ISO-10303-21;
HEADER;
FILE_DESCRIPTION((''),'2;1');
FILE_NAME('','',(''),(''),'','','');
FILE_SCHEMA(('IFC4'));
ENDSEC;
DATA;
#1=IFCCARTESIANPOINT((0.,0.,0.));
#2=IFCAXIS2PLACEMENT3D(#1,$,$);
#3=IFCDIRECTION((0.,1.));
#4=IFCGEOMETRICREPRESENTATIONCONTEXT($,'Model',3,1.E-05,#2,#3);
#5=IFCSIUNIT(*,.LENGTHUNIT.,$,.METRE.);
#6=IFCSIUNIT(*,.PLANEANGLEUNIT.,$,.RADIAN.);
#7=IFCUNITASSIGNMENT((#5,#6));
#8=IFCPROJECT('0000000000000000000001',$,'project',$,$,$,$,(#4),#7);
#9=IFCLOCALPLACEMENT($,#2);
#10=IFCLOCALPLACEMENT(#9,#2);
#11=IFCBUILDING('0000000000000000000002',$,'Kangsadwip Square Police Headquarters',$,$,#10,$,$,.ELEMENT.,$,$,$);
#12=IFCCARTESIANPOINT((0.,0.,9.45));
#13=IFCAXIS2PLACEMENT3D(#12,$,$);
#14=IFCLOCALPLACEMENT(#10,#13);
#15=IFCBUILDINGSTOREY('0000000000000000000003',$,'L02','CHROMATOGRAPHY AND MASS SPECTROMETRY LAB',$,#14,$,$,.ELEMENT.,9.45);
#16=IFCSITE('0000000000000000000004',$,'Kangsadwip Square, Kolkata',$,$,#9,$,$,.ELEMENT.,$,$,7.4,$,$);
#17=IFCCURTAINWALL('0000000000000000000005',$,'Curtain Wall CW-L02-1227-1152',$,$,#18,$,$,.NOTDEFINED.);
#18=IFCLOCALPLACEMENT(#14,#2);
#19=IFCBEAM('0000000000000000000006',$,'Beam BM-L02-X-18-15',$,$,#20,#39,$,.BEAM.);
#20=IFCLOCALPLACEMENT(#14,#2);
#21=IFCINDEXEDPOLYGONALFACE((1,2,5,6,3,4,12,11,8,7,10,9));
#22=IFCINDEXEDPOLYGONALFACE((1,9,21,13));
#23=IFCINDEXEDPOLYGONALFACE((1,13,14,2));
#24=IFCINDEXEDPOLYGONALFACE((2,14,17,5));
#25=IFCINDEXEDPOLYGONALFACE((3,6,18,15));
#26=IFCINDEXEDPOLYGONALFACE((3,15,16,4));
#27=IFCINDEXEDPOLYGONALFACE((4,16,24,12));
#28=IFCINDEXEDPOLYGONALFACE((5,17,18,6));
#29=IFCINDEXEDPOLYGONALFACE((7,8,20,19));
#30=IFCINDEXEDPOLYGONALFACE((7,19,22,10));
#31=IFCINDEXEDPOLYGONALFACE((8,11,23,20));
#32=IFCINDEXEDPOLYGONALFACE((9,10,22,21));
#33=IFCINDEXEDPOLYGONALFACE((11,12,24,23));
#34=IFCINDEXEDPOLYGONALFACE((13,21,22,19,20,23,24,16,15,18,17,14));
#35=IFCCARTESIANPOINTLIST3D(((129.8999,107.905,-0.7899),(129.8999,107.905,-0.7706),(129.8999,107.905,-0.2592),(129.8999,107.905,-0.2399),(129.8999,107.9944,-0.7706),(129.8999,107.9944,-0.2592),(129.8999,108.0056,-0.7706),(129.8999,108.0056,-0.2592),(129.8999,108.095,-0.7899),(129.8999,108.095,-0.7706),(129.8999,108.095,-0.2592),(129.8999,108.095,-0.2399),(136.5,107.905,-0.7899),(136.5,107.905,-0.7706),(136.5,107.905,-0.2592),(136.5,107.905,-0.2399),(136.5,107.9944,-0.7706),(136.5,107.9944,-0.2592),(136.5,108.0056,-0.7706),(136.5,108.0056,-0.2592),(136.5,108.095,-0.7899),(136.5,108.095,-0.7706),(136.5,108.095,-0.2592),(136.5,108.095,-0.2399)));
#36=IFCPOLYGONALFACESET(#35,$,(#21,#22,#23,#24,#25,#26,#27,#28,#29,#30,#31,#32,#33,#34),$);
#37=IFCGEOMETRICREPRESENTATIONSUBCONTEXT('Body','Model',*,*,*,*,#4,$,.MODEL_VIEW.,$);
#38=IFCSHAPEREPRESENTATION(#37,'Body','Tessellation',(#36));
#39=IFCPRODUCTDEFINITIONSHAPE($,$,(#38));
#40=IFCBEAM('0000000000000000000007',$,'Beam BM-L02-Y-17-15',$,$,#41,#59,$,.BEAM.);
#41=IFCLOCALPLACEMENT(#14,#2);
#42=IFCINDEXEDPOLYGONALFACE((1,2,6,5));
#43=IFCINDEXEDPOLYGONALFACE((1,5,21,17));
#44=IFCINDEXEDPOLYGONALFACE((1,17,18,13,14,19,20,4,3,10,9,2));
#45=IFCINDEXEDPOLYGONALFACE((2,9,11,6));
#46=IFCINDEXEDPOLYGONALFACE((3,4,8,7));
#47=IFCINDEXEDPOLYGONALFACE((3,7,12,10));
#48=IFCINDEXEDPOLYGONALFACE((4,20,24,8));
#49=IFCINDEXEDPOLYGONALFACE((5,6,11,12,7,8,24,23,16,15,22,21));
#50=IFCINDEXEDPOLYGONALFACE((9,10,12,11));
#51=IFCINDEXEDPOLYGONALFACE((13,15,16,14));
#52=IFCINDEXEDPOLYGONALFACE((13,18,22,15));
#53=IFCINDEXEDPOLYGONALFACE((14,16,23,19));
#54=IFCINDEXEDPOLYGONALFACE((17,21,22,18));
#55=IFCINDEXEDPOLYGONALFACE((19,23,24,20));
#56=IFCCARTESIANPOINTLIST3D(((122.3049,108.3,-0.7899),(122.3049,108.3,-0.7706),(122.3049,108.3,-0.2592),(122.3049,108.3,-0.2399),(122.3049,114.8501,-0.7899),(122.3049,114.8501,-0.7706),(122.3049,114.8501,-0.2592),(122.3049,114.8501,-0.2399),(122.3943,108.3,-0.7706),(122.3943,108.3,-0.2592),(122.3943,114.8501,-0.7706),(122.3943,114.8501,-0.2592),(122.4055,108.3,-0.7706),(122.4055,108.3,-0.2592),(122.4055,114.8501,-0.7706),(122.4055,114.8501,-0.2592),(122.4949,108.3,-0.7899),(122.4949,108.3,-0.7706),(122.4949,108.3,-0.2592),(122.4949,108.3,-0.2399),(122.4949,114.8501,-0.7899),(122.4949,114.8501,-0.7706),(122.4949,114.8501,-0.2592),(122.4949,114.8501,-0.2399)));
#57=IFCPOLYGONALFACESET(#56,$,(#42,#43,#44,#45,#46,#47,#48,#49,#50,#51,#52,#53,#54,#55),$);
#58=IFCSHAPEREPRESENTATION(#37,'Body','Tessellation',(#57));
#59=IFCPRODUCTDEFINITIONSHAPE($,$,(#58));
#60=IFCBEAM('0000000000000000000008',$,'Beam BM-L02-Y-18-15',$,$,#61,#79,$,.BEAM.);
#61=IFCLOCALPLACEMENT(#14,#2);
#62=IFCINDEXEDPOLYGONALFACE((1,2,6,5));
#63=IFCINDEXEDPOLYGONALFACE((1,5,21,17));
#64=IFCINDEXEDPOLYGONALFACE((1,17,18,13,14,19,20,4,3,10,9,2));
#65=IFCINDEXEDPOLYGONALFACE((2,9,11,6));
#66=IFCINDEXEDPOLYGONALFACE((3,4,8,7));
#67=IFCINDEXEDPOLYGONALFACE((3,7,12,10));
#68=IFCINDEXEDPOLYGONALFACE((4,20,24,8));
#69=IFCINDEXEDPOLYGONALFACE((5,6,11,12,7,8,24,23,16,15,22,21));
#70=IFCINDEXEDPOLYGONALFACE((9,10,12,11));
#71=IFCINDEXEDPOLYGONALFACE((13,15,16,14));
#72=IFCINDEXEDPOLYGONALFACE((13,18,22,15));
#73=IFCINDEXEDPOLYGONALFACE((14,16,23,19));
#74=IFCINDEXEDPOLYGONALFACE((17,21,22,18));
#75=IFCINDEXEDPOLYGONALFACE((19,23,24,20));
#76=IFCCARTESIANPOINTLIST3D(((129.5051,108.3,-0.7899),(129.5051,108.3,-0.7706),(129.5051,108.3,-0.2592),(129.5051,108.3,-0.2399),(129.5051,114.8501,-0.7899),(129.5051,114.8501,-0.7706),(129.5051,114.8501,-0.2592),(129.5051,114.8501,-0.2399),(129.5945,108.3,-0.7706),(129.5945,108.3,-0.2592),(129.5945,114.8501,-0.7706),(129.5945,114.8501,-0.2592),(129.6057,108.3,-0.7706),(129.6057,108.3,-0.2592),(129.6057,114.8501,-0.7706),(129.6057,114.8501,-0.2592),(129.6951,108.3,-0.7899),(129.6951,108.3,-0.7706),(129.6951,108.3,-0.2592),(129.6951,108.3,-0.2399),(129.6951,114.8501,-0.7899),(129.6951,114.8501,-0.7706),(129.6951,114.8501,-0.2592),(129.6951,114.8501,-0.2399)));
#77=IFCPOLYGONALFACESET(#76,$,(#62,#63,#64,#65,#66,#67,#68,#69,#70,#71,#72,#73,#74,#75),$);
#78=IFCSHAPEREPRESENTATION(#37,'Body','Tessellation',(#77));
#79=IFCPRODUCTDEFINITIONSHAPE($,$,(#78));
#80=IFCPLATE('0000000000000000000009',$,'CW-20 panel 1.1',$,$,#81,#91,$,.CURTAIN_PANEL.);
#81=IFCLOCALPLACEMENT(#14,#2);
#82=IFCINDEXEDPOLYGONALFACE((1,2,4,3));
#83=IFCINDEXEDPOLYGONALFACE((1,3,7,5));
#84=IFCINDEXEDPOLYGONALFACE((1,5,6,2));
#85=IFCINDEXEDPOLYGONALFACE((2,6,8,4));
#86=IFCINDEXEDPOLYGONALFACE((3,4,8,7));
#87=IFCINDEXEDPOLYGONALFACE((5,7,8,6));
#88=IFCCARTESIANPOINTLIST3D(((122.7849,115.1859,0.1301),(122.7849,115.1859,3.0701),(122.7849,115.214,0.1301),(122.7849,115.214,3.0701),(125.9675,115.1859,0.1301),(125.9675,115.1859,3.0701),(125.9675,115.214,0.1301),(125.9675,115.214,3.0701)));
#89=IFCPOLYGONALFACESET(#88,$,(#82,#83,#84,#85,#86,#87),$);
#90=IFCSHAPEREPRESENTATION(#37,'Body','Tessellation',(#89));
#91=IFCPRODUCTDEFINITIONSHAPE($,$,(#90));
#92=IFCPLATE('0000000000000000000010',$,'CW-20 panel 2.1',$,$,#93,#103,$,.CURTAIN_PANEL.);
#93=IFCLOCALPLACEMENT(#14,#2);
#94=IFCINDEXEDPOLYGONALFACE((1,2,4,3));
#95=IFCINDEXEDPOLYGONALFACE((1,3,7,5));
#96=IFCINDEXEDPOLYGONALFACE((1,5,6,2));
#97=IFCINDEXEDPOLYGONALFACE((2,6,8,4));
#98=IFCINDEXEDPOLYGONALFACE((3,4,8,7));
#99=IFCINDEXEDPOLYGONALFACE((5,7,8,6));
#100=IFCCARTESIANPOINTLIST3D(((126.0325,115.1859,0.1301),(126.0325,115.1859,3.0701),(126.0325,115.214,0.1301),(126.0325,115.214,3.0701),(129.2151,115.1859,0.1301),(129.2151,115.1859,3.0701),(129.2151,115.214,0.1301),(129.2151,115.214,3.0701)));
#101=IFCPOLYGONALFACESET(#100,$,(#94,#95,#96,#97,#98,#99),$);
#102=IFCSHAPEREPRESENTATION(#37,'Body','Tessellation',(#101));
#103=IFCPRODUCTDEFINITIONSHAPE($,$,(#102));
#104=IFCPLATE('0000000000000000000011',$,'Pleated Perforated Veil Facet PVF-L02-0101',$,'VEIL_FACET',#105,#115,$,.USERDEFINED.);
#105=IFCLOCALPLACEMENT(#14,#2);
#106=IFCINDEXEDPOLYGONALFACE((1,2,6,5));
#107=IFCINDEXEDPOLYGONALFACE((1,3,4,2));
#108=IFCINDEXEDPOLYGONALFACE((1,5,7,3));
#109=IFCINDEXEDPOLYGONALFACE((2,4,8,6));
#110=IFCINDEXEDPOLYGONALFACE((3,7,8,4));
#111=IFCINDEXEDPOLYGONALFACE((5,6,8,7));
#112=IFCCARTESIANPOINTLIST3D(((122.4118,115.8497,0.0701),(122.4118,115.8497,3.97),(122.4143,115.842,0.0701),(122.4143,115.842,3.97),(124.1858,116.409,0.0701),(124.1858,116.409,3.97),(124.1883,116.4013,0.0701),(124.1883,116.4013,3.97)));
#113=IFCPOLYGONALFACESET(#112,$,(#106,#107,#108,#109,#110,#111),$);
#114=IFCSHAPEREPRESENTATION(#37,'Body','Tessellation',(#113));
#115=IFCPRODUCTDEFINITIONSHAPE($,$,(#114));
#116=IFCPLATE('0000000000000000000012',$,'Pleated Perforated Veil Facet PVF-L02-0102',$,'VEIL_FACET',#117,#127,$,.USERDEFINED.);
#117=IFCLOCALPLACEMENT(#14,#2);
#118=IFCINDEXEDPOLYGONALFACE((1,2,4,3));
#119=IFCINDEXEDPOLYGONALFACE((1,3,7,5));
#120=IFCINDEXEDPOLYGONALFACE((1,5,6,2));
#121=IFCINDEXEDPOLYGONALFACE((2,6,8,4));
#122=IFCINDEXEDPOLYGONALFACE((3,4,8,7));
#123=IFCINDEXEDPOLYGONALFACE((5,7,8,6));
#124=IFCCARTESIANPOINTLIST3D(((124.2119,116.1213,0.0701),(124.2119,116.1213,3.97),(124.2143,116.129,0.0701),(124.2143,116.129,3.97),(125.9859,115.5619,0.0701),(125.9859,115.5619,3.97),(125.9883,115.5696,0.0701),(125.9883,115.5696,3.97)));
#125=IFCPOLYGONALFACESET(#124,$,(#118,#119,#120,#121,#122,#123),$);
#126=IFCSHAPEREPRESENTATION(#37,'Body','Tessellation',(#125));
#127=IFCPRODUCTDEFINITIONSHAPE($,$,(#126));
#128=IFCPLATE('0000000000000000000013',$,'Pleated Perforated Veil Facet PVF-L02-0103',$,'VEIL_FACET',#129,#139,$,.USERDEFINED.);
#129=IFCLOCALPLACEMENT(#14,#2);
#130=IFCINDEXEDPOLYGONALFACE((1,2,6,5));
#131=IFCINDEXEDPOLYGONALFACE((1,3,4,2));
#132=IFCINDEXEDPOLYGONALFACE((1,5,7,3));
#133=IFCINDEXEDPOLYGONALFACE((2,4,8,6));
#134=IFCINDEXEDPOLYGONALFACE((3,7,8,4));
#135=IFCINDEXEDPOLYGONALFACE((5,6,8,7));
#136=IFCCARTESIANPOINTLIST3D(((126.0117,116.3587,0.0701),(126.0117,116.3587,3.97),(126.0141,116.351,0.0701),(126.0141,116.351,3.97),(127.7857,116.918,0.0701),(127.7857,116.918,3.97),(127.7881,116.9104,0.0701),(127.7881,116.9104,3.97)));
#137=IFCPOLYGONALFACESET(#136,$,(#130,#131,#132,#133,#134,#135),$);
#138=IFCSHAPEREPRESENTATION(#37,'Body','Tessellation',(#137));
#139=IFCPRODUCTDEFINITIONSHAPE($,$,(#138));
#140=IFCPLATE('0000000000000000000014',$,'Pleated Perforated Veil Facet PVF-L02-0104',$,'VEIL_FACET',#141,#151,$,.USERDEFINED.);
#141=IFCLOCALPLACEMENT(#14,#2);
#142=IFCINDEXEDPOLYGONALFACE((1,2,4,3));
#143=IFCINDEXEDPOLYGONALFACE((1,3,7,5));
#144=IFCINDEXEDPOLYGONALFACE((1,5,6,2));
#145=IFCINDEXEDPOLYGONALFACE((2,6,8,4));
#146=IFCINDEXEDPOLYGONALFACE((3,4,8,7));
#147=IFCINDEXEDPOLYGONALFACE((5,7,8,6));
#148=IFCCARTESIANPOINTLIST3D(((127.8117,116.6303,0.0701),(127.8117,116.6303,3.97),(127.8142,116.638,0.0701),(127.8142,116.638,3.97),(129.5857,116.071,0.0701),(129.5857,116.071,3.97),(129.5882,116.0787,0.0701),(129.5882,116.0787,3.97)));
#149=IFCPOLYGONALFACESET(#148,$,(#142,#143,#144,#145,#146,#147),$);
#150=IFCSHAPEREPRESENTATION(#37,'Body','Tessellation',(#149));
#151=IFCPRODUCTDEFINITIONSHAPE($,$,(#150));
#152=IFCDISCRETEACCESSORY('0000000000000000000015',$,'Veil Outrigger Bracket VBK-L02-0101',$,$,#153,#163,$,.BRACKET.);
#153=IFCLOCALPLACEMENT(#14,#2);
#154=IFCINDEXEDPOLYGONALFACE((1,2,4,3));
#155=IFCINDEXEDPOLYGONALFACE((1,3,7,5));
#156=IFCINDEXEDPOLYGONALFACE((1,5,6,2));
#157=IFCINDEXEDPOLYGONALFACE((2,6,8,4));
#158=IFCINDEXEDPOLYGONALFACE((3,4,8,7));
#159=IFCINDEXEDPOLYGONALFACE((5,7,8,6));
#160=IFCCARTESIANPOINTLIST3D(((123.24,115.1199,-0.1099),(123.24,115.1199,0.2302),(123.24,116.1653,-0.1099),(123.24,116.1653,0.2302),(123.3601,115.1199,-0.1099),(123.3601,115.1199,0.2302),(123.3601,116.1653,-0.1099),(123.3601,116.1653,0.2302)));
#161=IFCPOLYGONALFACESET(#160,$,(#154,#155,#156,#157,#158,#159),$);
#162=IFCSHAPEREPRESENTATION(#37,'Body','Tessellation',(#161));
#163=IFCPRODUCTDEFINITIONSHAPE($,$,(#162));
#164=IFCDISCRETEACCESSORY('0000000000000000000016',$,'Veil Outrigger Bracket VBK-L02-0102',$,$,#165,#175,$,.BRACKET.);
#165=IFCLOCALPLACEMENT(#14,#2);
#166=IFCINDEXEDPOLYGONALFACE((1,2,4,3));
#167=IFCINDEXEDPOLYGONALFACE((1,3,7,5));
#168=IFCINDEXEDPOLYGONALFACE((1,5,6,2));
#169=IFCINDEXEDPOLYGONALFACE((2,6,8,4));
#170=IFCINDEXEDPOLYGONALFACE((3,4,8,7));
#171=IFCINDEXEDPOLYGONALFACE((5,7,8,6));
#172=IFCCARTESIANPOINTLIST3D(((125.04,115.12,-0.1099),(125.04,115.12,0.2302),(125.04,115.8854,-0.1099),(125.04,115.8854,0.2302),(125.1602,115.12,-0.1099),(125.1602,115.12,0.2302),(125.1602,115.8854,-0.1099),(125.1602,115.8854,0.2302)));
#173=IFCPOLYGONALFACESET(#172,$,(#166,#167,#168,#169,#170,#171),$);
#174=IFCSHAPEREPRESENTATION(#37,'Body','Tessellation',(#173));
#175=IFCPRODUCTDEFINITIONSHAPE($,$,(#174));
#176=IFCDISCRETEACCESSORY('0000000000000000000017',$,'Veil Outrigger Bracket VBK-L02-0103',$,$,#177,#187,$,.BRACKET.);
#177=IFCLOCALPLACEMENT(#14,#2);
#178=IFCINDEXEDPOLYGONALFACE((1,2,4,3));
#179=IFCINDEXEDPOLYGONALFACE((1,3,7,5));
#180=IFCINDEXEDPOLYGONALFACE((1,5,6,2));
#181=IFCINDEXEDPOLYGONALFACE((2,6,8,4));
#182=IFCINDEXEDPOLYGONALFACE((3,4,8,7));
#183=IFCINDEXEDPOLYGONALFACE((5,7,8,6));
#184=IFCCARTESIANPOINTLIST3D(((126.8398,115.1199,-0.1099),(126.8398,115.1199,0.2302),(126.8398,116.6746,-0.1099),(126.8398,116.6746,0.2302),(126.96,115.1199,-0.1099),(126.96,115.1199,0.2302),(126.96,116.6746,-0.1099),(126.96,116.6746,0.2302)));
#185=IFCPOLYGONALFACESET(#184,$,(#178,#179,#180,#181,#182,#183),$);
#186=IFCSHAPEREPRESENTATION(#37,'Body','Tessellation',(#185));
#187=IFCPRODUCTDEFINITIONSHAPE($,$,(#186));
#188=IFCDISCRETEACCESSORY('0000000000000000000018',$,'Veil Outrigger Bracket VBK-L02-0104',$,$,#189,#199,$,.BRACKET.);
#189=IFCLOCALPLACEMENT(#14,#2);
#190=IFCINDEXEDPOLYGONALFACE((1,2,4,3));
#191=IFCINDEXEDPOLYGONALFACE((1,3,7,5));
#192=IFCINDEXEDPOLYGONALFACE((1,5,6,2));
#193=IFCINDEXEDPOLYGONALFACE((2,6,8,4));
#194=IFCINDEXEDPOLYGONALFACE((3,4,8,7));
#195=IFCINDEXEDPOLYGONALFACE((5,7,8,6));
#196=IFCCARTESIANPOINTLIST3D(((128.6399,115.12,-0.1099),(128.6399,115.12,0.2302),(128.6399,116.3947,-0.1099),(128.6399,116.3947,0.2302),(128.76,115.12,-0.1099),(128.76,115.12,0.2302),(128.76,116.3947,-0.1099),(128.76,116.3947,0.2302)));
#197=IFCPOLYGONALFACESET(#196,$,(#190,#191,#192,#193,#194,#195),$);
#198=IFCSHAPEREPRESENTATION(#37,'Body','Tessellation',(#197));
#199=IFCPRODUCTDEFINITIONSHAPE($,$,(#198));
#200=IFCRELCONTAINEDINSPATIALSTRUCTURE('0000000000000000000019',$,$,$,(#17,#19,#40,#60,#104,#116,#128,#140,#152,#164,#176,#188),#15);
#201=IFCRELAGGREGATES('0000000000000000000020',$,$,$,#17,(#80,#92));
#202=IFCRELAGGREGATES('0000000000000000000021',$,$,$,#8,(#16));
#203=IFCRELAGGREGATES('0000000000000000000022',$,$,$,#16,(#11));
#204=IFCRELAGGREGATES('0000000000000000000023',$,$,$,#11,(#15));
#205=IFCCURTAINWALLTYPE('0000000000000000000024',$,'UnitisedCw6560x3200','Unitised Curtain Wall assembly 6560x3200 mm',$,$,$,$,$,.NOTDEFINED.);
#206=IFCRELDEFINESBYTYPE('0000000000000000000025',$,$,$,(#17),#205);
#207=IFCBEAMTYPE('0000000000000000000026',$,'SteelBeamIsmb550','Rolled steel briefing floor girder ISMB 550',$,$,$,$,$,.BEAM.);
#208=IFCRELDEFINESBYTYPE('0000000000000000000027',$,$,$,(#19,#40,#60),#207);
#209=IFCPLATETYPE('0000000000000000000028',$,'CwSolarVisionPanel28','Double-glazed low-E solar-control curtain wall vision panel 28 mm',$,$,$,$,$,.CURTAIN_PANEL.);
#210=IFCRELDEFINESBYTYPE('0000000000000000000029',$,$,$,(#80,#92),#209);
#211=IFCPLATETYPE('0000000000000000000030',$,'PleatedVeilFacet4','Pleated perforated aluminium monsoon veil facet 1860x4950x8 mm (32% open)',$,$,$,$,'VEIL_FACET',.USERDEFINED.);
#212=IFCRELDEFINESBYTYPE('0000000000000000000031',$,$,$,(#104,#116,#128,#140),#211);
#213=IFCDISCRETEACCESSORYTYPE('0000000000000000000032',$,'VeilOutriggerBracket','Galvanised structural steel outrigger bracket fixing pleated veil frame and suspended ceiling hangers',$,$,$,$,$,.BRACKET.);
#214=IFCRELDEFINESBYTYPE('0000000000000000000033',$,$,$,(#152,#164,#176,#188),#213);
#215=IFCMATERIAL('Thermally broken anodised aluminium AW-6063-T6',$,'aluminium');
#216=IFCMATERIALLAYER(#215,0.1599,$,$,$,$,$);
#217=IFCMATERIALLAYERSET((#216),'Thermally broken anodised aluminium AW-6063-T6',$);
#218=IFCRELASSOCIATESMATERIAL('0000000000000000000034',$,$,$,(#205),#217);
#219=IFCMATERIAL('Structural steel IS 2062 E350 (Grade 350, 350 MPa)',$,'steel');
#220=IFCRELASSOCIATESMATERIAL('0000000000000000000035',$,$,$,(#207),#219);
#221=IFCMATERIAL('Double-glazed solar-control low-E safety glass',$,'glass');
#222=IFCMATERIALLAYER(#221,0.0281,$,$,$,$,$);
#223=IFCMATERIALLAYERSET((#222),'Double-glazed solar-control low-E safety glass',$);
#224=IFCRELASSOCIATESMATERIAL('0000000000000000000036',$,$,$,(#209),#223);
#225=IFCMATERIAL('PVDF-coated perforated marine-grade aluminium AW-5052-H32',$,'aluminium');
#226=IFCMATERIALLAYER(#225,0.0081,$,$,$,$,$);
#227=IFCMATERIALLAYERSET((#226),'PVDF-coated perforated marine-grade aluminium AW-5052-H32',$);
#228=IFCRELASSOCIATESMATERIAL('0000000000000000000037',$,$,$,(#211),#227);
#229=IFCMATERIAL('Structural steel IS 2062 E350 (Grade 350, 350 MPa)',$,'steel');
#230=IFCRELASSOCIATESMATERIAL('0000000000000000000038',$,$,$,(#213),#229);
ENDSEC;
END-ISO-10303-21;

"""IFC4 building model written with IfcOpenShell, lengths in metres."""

from ifc_helpers import new_model, si_unit, direction, frame, origin, origin_2d, place, context, subcontext, project, spatial, rectangle, i_section, extrude, material, layer, layer_set, material_profile, profile_set, type_object, element, aggregate, save


model = new_model("IFC4")

# Units and contexts
model_context = context("Model", 3, precision=1e-05, world=origin(), true_north=direction((0.0, 1.0)))
body_context = subcontext(model_context, "Body", "Model", "MODEL_VIEW")
ifc_project = project(units=[si_unit("LENGTHUNIT", "METRE"), si_unit("PLANEANGLEUNIT", "RADIAN")], contexts=[model_context])

# Site, building, storey
site_placement = place(None, origin())
site = spatial("IfcSite", under=ifc_project, at=site_placement, Name="Kangsadwip Square, Kolkata", CompositionType="ELEMENT", RefElevation=7.4)
building_placement = place(site_placement, origin())
building = spatial("IfcBuilding", under=site, at=building_placement, Name="Kangsadwip Square Police Headquarters", CompositionType="ELEMENT")
storey_placement = place(building_placement, frame((0.0, 0.0, 9.45)))
storey = spatial("IfcBuildingStorey", under=building, at=storey_placement, Name="L02", Description="CHROMATOGRAPHY AND MASS SPECTROMETRY LAB", CompositionType="ELEMENT", Elevation=9.45)

# Curtain wall
ifc_material_1 = material(Name="Thermally broken anodised aluminium AW-6063-T6", Category="aluminium")
ifc_layer_1 = layer(ifc_material_1, 0.1599)
ifc_layer_set_1 = layer_set([ifc_layer_1], Name="Thermally broken anodised aluminium AW-6063-T6")
curtain_wall_type = type_object("IfcCurtainWallType", Name="UnitisedCw6560x3200", Description="Unitised Curtain Wall assembly 6560x3200 mm", PredefinedType="NOTDEFINED", material=ifc_layer_set_1)
curtain_wall_1_placement = place(storey_placement, origin())
curtain_wall_1 = element("IfcCurtainWall", 1, at=curtain_wall_1_placement, inside=storey, type_object=curtain_wall_type, Name="Curtain Wall CW-L02-1227-1152", PredefinedType="NOTDEFINED")

# Beams
ifc_material_2 = material(Name="Structural steel IS 2062 E350 (Grade 350, 350 MPa)", Category="steel")
ifc_material_profile_1 = material_profile(ifc_material_2, i_section(OverallWidth=0.1899, OverallDepth=0.55, WebThickness=0.0112, FlangeThickness=0.0193, at=origin_2d()), Name="ISMB 550")
ifc_profile_set_1 = profile_set([ifc_material_profile_1], Name="Structural steel IS 2062 E350 (Grade 350, 350 MPa)")
beam_type_1 = type_object("IfcBeamType", Name="SteelBeamIsmb550", Description="Rolled steel briefing floor girder ISMB 550", PredefinedType="BEAM", material=ifc_profile_set_1)
beam_placement = place(storey_placement, frame((129.8999, 108.0, -0.5149), z_axis=(1.0, 0.0, 0.0), x_axis=(0.0, 1.0, 0.0)))
element("IfcBeam", 2, at=beam_placement, inside=storey, type_object=beam_type_1, Name="Beam BM-L02-X-18-15", PredefinedType="BEAM", context=body_context, shape_type="SweptSolid", body=[
    extrude(i_section(OverallWidth=0.1899, OverallDepth=0.55, WebThickness=0.0112, FlangeThickness=0.0193, at=origin_2d()), origin(), (0.0, 0.0, 1.0), 6.6001),
])
for number, where, z_axis, x_axis, name in (
    (3, (122.3999, 108.3, -0.5149), (0.0, 1.0, 0.0), (-1.0, 0.0, 0.0), "Beam BM-L02-Y-17-15"),
    (4, (129.6001, 108.3, -0.5149), (0.0, 1.0, 0.0), (-1.0, 0.0, 0.0), "Beam BM-L02-Y-18-15"),
):
    element("IfcBeam", number, at=place(storey_placement, frame(where, z_axis=z_axis, x_axis=x_axis)), inside=storey, type_object=beam_type_1, Name=name, PredefinedType="BEAM", context=body_context, shape_type="SweptSolid", body=[
        extrude(i_section(OverallWidth=0.1899, OverallDepth=0.55, WebThickness=0.0112, FlangeThickness=0.0193, at=origin_2d()), origin(), (0.0, 0.0, 1.0), 6.55),
    ])

# Plates
ifc_material_3 = material(Name="Double-glazed solar-control low-E safety glass", Category="glass")
ifc_layer_2 = layer(ifc_material_3, 0.0281)
ifc_layer_set_2 = layer_set([ifc_layer_2], Name="Double-glazed solar-control low-E safety glass")
plate_type_1 = type_object("IfcPlateType", Name="CwSolarVisionPanel28", Description="Double-glazed low-E solar-control curtain wall vision panel 28 mm", PredefinedType="CURTAIN_PANEL", material=ifc_layer_set_2)
plate_1_placement = place(storey_placement, frame((124.3762, 115.2, 0.1301), z_axis=(0.0, 0.0, 1.0), x_axis=(1.0, 0.0, 0.0)))
plate_1 = element("IfcPlate", 5, at=plate_1_placement, type_object=plate_type_1, Name="CW-20 panel 1.1", PredefinedType="CURTAIN_PANEL", context=body_context, shape_type="SweptSolid", body=[
    extrude(rectangle(XDim=3.1826, YDim=0.0281, at=origin_2d()), origin(), (0.0, 0.0, 1.0), 2.9399),
])
plate_2_placement = place(storey_placement, frame((127.6238, 115.2, 0.1301), z_axis=(0.0, 0.0, 1.0), x_axis=(1.0, 0.0, 0.0)))
plate_2 = element("IfcPlate", 6, at=plate_2_placement, type_object=plate_type_1, Name="CW-20 panel 2.1", PredefinedType="CURTAIN_PANEL", context=body_context, shape_type="SweptSolid", body=[
    extrude(rectangle(XDim=3.1826, YDim=0.0281, at=origin_2d()), origin(), (0.0, 0.0, 1.0), 2.9399),
])
aggregate(curtain_wall_1, [plate_1, plate_2])

# Plates
ifc_material_4 = material(Name="PVDF-coated perforated marine-grade aluminium AW-5052-H32", Category="aluminium")
ifc_layer_3 = layer(ifc_material_4, 0.0081)
ifc_layer_set_3 = layer_set([ifc_layer_3], Name="PVDF-coated perforated marine-grade aluminium AW-5052-H32")
plate_type_2 = type_object("IfcPlateType", Name="PleatedVeilFacet4", Description="Pleated perforated aluminium monsoon veil facet 1860x4950x8 mm (32% open)", ElementType="VEIL_FACET", PredefinedType="USERDEFINED", material=ifc_layer_set_3)
for number, where, z_axis, x_axis, name in (
    (7, (123.3, 116.1255, 0.0701), (0.0, 0.0, 1.0), (0.953717, 0.300706, 0.0), "Pleated Perforated Veil Facet PVF-L02-0101"),
    (8, (125.1001, 115.8455, 0.0701), (0.0, 0.0, 1.0), (0.953717, -0.300706, 0.0), "Pleated Perforated Veil Facet PVF-L02-0102"),
    (9, (126.8999, 116.6345, 0.0701), (0.0, 0.0, 1.0), (0.953717, 0.300706, 0.0), "Pleated Perforated Veil Facet PVF-L02-0103"),
    (10, (128.7, 116.3545, 0.0701), (0.0, 0.0, 1.0), (0.953717, -0.300706, 0.0), "Pleated Perforated Veil Facet PVF-L02-0104"),
):
    element("IfcPlate", number, at=place(storey_placement, frame(where, z_axis=z_axis, x_axis=x_axis)), inside=storey, type_object=plate_type_2, Name=name, ObjectType="VEIL_FACET", PredefinedType="USERDEFINED", context=body_context, shape_type="SweptSolid", body=[
        extrude(rectangle(XDim=1.8601, YDim=0.0081, at=origin_2d()), origin(), (0.0, 0.0, 1.0), 3.8999),
    ])

# Discrete accessories
ifc_material_5 = material(Name="Structural steel IS 2062 E350 (Grade 350, 350 MPa)", Category="steel")
discrete_accessory_type = type_object("IfcDiscreteAccessoryType", Name="VeilOutriggerBracket", Description="Galvanised structural steel outrigger bracket fixing pleated veil frame and suspended ceiling hangers", PredefinedType="BRACKET", material=ifc_material_5)
discrete_accessory_1_placement = place(storey_placement, frame((123.3, 115.6426, -0.1099), z_axis=(0.0, 0.0, 1.0), x_axis=(1.0, 0.0, 0.0)))
element("IfcDiscreteAccessory", 11, at=discrete_accessory_1_placement, inside=storey, type_object=discrete_accessory_type, Name="Veil Outrigger Bracket VBK-L02-0101", PredefinedType="BRACKET", context=body_context, shape_type="SweptSolid", body=[
    extrude(rectangle(XDim=0.1201, YDim=1.0454, at=origin_2d()), origin(), (0.0, 0.0, 1.0), 0.3401),
])
discrete_accessory_2_placement = place(storey_placement, frame((125.1001, 115.5027, -0.1099), z_axis=(0.0, 0.0, 1.0), x_axis=(1.0, 0.0, 0.0)))
element("IfcDiscreteAccessory", 12, at=discrete_accessory_2_placement, inside=storey, type_object=discrete_accessory_type, Name="Veil Outrigger Bracket VBK-L02-0102", PredefinedType="BRACKET", context=body_context, shape_type="SweptSolid", body=[
    extrude(rectangle(XDim=0.1201, YDim=0.7654, at=origin_2d()), origin(), (0.0, 0.0, 1.0), 0.3401),
])
discrete_accessory_3_placement = place(storey_placement, frame((126.8999, 115.8972, -0.1099), z_axis=(0.0, 0.0, 1.0), x_axis=(1.0, 0.0, 0.0)))
element("IfcDiscreteAccessory", 13, at=discrete_accessory_3_placement, inside=storey, type_object=discrete_accessory_type, Name="Veil Outrigger Bracket VBK-L02-0103", PredefinedType="BRACKET", context=body_context, shape_type="SweptSolid", body=[
    extrude(rectangle(XDim=0.1201, YDim=1.5547, at=origin_2d()), origin(), (0.0, 0.0, 1.0), 0.3401),
])
discrete_accessory_4_placement = place(storey_placement, frame((128.7, 115.7573, -0.1099), z_axis=(0.0, 0.0, 1.0), x_axis=(1.0, 0.0, 0.0)))
element("IfcDiscreteAccessory", 14, at=discrete_accessory_4_placement, inside=storey, type_object=discrete_accessory_type, Name="Veil Outrigger Bracket VBK-L02-0104", PredefinedType="BRACKET", context=body_context, shape_type="SweptSolid", body=[
    extrude(rectangle(XDim=0.1201, YDim=1.2747, at=origin_2d()), origin(), (0.0, 0.0, 1.0), 0.3401),
])

save(model, "model.ifc")
